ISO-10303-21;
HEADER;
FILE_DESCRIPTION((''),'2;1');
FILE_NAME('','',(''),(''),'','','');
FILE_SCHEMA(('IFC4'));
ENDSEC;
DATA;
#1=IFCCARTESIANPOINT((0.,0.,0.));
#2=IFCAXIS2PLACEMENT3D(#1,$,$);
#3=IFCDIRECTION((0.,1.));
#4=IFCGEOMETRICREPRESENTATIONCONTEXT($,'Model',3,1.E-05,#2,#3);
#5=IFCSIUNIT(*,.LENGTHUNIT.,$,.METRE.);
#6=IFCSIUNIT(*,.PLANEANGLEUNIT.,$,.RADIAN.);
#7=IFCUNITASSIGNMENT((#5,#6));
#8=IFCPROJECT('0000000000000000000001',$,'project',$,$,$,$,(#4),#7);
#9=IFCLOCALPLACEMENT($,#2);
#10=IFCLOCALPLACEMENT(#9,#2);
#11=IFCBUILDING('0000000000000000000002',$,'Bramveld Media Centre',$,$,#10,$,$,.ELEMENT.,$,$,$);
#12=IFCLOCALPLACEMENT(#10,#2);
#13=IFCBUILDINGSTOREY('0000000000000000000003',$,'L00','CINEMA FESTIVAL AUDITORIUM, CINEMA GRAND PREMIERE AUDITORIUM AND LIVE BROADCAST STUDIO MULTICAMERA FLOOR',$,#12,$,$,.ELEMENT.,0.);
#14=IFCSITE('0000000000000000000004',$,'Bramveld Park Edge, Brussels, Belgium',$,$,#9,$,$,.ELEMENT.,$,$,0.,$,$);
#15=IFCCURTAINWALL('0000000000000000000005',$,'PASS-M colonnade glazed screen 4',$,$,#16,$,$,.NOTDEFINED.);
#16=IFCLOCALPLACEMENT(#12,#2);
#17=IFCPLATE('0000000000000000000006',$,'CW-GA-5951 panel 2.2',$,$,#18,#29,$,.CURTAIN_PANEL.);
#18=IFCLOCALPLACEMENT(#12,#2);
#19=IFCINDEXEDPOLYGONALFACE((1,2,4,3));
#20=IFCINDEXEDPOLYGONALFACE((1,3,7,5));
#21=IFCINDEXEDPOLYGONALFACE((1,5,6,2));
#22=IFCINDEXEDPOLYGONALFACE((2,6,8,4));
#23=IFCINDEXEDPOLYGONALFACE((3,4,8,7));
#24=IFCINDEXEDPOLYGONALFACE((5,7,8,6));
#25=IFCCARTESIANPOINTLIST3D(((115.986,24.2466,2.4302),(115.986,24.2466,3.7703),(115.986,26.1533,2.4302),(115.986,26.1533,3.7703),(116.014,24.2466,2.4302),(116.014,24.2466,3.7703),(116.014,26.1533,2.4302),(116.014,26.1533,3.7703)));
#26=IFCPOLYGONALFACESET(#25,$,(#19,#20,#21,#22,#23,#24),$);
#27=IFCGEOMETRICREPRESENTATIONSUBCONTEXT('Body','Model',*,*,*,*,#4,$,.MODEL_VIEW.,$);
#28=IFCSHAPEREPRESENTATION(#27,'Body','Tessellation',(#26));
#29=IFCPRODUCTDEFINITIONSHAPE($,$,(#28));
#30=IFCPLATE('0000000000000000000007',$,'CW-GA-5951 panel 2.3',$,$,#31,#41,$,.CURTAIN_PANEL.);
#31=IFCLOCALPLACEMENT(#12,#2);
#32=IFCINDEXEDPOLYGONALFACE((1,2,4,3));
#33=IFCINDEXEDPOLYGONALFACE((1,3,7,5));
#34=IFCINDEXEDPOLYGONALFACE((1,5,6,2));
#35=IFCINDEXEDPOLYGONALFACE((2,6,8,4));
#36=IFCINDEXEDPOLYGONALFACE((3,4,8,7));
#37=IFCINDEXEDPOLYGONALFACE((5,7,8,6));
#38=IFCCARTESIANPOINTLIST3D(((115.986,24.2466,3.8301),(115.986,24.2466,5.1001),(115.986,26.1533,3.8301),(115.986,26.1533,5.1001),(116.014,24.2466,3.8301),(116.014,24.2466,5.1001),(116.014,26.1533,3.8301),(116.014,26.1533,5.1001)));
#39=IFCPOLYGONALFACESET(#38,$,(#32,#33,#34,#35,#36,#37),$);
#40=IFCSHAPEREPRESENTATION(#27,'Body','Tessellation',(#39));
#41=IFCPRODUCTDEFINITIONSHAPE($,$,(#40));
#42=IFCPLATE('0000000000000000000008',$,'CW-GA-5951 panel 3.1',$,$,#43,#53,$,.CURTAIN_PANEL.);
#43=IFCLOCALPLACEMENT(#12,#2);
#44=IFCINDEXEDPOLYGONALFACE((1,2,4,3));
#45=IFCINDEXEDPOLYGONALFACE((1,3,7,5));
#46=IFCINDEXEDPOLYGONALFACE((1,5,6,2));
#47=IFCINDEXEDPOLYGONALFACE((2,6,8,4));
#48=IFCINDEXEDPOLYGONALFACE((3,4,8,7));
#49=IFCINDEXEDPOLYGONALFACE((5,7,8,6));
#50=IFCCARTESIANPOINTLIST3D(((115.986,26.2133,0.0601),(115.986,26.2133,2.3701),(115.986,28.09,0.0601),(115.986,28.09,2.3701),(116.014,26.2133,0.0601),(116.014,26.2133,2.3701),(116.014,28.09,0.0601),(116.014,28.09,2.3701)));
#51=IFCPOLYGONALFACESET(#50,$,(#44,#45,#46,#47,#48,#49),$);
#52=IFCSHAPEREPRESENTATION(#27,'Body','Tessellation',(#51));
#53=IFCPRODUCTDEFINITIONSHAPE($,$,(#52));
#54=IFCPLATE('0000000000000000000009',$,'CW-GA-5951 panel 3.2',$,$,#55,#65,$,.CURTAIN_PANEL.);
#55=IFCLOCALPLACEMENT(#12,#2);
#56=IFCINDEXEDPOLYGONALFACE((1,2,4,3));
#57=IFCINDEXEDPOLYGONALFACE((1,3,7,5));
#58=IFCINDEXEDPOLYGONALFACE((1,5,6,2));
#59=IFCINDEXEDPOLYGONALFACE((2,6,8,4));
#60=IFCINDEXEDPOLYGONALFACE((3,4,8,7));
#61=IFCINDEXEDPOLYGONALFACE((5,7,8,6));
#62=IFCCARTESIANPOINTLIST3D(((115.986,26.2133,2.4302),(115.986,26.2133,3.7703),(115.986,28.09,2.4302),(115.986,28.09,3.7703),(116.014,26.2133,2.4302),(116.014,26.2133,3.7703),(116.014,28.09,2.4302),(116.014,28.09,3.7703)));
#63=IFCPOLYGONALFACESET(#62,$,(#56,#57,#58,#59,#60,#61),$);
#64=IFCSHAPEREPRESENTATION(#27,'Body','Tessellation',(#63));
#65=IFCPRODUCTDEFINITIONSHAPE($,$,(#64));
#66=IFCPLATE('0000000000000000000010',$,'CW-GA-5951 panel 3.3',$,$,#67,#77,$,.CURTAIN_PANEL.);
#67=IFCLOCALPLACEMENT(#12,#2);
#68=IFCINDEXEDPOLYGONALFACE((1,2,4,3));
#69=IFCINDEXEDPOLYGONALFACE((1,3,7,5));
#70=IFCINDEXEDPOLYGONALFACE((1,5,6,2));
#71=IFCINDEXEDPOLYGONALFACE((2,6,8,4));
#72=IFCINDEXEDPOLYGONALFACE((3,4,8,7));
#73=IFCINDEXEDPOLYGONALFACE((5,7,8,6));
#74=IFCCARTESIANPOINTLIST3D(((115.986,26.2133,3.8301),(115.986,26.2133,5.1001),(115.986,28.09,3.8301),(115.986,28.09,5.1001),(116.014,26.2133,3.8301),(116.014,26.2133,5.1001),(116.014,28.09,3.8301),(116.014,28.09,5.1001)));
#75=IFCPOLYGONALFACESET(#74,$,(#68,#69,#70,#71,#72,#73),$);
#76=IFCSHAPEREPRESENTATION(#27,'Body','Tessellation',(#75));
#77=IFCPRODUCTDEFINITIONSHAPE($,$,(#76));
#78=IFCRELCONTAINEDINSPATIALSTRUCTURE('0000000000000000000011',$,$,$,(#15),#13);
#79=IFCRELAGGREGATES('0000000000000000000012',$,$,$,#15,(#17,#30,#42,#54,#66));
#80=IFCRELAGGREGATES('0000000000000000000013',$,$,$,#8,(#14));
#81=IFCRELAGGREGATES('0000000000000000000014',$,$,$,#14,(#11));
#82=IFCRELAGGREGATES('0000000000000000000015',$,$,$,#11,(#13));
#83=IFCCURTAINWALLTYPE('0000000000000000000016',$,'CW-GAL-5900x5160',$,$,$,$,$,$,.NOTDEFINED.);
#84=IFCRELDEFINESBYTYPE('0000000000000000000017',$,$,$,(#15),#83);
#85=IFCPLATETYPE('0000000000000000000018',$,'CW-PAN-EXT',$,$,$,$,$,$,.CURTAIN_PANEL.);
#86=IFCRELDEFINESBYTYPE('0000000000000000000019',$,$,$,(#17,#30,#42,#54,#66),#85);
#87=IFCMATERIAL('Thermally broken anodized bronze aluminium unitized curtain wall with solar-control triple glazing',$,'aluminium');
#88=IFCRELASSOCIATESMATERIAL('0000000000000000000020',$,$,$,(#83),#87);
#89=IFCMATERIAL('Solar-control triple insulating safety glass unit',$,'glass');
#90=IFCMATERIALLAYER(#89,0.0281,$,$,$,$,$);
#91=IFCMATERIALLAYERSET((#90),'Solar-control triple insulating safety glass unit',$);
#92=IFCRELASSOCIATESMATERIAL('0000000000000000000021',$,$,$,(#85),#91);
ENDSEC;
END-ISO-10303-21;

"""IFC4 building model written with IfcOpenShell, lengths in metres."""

from ifc_helpers import new_model, si_unit, direction, frame, origin, origin_2d, place, context, subcontext, project, spatial, rectangle, extrude, material, layer, layer_set, type_object, element, aggregate, save


model = new_model("IFC4")

# Units and contexts
model_context = context("Model", 3, precision=1e-05, world=origin(), true_north=direction((0.0, 1.0)))
body_context = subcontext(model_context, "Body", "Model", "MODEL_VIEW")
ifc_project = project(units=[si_unit("LENGTHUNIT", "METRE"), si_unit("PLANEANGLEUNIT", "RADIAN")], contexts=[model_context])

# Site, building, storey
site_placement = place(None, origin())
site = spatial("IfcSite", under=ifc_project, at=site_placement, Name="Bramveld Park Edge, Brussels, Belgium", CompositionType="ELEMENT", RefElevation=0.0)
building_placement = place(site_placement, origin())
building = spatial("IfcBuilding", under=site, at=building_placement, Name="Bramveld Media Centre", CompositionType="ELEMENT")
storey_placement = place(building_placement, origin())
storey = spatial("IfcBuildingStorey", under=building, at=storey_placement, Name="L00", Description="CINEMA FESTIVAL AUDITORIUM, CINEMA GRAND PREMIERE AUDITORIUM AND LIVE BROADCAST STUDIO MULTICAMERA FLOOR", CompositionType="ELEMENT", Elevation=0.0)

# Curtain wall, plates
ifc_material_1 = material(Name="Thermally broken anodized bronze aluminium unitized curtain wall with solar-control triple glazing", Category="aluminium")
curtain_wall_type = type_object("IfcCurtainWallType", Name="CW-GAL-5900x5160", PredefinedType="NOTDEFINED", material=ifc_material_1)
curtain_wall_placement = place(storey_placement, origin())
curtain_wall = element("IfcCurtainWall", 1, at=curtain_wall_placement, inside=storey, type_object=curtain_wall_type, Name="PASS-M colonnade glazed screen 4", PredefinedType="NOTDEFINED")
ifc_material_2 = material(Name="Solar-control triple insulating safety glass unit", Category="glass")
ifc_layer = layer(ifc_material_2, 0.0281)
ifc_layer_set = layer_set([ifc_layer], Name="Solar-control triple insulating safety glass unit")
plate_type = type_object("IfcPlateType", Name="CW-PAN-EXT", PredefinedType="CURTAIN_PANEL", material=ifc_layer_set)
plate_1_placement = place(storey_placement, frame((116.0, 25.2, 2.4302), z_axis=(0.0, 0.0, 1.0), x_axis=(0.0, 1.0, 0.0)))
plate_1 = element("IfcPlate", 2, at=plate_1_placement, type_object=plate_type, Name="CW-GA-5951 panel 2.2", PredefinedType="CURTAIN_PANEL", context=body_context, shape_type="SweptSolid", body=[
    extrude(rectangle(XDim=1.9067, YDim=0.0281, at=origin_2d()), origin(), (0.0, 0.0, 1.0), 1.3401),
])
plate_2_placement = place(storey_placement, frame((116.0, 25.2, 3.8301), z_axis=(0.0, 0.0, 1.0), x_axis=(0.0, 1.0, 0.0)))
plate_2 = element("IfcPlate", 3, at=plate_2_placement, type_object=plate_type, Name="CW-GA-5951 panel 2.3", PredefinedType="CURTAIN_PANEL", context=body_context, shape_type="SweptSolid", body=[
    extrude(rectangle(XDim=1.9067, YDim=0.0281, at=origin_2d()), origin(), (0.0, 0.0, 1.0), 1.27),
])
plate_3_placement = place(storey_placement, frame((116.0, 27.1516, 0.0601), z_axis=(0.0, 0.0, 1.0), x_axis=(0.0, 1.0, 0.0)))
plate_3 = element("IfcPlate", 4, at=plate_3_placement, type_object=plate_type, Name="CW-GA-5951 panel 3.1", PredefinedType="CURTAIN_PANEL", context=body_context, shape_type="SweptSolid", body=[
    extrude(rectangle(XDim=1.8767, YDim=0.0281, at=origin_2d()), origin(), (0.0, 0.0, 1.0), 2.3101),
])
plate_4_placement = place(storey_placement, frame((116.0, 27.1516, 2.4302), z_axis=(0.0, 0.0, 1.0), x_axis=(0.0, 1.0, 0.0)))
plate_4 = element("IfcPlate", 5, at=plate_4_placement, type_object=plate_type, Name="CW-GA-5951 panel 3.2", PredefinedType="CURTAIN_PANEL", context=body_context, shape_type="SweptSolid", body=[
    extrude(rectangle(XDim=1.8767, YDim=0.0281, at=origin_2d()), origin(), (0.0, 0.0, 1.0), 1.3401),
])
plate_5_placement = place(storey_placement, frame((116.0, 27.1516, 3.8301), z_axis=(0.0, 0.0, 1.0), x_axis=(0.0, 1.0, 0.0)))
plate_5 = element("IfcPlate", 6, at=plate_5_placement, type_object=plate_type, Name="CW-GA-5951 panel 3.3", PredefinedType="CURTAIN_PANEL", context=body_context, shape_type="SweptSolid", body=[
    extrude(rectangle(XDim=1.8767, YDim=0.0281, at=origin_2d()), origin(), (0.0, 0.0, 1.0), 1.27),
])
aggregate(curtain_wall, [plate_1, plate_2, plate_3, plate_4, plate_5])

save(model, "model.ifc")
